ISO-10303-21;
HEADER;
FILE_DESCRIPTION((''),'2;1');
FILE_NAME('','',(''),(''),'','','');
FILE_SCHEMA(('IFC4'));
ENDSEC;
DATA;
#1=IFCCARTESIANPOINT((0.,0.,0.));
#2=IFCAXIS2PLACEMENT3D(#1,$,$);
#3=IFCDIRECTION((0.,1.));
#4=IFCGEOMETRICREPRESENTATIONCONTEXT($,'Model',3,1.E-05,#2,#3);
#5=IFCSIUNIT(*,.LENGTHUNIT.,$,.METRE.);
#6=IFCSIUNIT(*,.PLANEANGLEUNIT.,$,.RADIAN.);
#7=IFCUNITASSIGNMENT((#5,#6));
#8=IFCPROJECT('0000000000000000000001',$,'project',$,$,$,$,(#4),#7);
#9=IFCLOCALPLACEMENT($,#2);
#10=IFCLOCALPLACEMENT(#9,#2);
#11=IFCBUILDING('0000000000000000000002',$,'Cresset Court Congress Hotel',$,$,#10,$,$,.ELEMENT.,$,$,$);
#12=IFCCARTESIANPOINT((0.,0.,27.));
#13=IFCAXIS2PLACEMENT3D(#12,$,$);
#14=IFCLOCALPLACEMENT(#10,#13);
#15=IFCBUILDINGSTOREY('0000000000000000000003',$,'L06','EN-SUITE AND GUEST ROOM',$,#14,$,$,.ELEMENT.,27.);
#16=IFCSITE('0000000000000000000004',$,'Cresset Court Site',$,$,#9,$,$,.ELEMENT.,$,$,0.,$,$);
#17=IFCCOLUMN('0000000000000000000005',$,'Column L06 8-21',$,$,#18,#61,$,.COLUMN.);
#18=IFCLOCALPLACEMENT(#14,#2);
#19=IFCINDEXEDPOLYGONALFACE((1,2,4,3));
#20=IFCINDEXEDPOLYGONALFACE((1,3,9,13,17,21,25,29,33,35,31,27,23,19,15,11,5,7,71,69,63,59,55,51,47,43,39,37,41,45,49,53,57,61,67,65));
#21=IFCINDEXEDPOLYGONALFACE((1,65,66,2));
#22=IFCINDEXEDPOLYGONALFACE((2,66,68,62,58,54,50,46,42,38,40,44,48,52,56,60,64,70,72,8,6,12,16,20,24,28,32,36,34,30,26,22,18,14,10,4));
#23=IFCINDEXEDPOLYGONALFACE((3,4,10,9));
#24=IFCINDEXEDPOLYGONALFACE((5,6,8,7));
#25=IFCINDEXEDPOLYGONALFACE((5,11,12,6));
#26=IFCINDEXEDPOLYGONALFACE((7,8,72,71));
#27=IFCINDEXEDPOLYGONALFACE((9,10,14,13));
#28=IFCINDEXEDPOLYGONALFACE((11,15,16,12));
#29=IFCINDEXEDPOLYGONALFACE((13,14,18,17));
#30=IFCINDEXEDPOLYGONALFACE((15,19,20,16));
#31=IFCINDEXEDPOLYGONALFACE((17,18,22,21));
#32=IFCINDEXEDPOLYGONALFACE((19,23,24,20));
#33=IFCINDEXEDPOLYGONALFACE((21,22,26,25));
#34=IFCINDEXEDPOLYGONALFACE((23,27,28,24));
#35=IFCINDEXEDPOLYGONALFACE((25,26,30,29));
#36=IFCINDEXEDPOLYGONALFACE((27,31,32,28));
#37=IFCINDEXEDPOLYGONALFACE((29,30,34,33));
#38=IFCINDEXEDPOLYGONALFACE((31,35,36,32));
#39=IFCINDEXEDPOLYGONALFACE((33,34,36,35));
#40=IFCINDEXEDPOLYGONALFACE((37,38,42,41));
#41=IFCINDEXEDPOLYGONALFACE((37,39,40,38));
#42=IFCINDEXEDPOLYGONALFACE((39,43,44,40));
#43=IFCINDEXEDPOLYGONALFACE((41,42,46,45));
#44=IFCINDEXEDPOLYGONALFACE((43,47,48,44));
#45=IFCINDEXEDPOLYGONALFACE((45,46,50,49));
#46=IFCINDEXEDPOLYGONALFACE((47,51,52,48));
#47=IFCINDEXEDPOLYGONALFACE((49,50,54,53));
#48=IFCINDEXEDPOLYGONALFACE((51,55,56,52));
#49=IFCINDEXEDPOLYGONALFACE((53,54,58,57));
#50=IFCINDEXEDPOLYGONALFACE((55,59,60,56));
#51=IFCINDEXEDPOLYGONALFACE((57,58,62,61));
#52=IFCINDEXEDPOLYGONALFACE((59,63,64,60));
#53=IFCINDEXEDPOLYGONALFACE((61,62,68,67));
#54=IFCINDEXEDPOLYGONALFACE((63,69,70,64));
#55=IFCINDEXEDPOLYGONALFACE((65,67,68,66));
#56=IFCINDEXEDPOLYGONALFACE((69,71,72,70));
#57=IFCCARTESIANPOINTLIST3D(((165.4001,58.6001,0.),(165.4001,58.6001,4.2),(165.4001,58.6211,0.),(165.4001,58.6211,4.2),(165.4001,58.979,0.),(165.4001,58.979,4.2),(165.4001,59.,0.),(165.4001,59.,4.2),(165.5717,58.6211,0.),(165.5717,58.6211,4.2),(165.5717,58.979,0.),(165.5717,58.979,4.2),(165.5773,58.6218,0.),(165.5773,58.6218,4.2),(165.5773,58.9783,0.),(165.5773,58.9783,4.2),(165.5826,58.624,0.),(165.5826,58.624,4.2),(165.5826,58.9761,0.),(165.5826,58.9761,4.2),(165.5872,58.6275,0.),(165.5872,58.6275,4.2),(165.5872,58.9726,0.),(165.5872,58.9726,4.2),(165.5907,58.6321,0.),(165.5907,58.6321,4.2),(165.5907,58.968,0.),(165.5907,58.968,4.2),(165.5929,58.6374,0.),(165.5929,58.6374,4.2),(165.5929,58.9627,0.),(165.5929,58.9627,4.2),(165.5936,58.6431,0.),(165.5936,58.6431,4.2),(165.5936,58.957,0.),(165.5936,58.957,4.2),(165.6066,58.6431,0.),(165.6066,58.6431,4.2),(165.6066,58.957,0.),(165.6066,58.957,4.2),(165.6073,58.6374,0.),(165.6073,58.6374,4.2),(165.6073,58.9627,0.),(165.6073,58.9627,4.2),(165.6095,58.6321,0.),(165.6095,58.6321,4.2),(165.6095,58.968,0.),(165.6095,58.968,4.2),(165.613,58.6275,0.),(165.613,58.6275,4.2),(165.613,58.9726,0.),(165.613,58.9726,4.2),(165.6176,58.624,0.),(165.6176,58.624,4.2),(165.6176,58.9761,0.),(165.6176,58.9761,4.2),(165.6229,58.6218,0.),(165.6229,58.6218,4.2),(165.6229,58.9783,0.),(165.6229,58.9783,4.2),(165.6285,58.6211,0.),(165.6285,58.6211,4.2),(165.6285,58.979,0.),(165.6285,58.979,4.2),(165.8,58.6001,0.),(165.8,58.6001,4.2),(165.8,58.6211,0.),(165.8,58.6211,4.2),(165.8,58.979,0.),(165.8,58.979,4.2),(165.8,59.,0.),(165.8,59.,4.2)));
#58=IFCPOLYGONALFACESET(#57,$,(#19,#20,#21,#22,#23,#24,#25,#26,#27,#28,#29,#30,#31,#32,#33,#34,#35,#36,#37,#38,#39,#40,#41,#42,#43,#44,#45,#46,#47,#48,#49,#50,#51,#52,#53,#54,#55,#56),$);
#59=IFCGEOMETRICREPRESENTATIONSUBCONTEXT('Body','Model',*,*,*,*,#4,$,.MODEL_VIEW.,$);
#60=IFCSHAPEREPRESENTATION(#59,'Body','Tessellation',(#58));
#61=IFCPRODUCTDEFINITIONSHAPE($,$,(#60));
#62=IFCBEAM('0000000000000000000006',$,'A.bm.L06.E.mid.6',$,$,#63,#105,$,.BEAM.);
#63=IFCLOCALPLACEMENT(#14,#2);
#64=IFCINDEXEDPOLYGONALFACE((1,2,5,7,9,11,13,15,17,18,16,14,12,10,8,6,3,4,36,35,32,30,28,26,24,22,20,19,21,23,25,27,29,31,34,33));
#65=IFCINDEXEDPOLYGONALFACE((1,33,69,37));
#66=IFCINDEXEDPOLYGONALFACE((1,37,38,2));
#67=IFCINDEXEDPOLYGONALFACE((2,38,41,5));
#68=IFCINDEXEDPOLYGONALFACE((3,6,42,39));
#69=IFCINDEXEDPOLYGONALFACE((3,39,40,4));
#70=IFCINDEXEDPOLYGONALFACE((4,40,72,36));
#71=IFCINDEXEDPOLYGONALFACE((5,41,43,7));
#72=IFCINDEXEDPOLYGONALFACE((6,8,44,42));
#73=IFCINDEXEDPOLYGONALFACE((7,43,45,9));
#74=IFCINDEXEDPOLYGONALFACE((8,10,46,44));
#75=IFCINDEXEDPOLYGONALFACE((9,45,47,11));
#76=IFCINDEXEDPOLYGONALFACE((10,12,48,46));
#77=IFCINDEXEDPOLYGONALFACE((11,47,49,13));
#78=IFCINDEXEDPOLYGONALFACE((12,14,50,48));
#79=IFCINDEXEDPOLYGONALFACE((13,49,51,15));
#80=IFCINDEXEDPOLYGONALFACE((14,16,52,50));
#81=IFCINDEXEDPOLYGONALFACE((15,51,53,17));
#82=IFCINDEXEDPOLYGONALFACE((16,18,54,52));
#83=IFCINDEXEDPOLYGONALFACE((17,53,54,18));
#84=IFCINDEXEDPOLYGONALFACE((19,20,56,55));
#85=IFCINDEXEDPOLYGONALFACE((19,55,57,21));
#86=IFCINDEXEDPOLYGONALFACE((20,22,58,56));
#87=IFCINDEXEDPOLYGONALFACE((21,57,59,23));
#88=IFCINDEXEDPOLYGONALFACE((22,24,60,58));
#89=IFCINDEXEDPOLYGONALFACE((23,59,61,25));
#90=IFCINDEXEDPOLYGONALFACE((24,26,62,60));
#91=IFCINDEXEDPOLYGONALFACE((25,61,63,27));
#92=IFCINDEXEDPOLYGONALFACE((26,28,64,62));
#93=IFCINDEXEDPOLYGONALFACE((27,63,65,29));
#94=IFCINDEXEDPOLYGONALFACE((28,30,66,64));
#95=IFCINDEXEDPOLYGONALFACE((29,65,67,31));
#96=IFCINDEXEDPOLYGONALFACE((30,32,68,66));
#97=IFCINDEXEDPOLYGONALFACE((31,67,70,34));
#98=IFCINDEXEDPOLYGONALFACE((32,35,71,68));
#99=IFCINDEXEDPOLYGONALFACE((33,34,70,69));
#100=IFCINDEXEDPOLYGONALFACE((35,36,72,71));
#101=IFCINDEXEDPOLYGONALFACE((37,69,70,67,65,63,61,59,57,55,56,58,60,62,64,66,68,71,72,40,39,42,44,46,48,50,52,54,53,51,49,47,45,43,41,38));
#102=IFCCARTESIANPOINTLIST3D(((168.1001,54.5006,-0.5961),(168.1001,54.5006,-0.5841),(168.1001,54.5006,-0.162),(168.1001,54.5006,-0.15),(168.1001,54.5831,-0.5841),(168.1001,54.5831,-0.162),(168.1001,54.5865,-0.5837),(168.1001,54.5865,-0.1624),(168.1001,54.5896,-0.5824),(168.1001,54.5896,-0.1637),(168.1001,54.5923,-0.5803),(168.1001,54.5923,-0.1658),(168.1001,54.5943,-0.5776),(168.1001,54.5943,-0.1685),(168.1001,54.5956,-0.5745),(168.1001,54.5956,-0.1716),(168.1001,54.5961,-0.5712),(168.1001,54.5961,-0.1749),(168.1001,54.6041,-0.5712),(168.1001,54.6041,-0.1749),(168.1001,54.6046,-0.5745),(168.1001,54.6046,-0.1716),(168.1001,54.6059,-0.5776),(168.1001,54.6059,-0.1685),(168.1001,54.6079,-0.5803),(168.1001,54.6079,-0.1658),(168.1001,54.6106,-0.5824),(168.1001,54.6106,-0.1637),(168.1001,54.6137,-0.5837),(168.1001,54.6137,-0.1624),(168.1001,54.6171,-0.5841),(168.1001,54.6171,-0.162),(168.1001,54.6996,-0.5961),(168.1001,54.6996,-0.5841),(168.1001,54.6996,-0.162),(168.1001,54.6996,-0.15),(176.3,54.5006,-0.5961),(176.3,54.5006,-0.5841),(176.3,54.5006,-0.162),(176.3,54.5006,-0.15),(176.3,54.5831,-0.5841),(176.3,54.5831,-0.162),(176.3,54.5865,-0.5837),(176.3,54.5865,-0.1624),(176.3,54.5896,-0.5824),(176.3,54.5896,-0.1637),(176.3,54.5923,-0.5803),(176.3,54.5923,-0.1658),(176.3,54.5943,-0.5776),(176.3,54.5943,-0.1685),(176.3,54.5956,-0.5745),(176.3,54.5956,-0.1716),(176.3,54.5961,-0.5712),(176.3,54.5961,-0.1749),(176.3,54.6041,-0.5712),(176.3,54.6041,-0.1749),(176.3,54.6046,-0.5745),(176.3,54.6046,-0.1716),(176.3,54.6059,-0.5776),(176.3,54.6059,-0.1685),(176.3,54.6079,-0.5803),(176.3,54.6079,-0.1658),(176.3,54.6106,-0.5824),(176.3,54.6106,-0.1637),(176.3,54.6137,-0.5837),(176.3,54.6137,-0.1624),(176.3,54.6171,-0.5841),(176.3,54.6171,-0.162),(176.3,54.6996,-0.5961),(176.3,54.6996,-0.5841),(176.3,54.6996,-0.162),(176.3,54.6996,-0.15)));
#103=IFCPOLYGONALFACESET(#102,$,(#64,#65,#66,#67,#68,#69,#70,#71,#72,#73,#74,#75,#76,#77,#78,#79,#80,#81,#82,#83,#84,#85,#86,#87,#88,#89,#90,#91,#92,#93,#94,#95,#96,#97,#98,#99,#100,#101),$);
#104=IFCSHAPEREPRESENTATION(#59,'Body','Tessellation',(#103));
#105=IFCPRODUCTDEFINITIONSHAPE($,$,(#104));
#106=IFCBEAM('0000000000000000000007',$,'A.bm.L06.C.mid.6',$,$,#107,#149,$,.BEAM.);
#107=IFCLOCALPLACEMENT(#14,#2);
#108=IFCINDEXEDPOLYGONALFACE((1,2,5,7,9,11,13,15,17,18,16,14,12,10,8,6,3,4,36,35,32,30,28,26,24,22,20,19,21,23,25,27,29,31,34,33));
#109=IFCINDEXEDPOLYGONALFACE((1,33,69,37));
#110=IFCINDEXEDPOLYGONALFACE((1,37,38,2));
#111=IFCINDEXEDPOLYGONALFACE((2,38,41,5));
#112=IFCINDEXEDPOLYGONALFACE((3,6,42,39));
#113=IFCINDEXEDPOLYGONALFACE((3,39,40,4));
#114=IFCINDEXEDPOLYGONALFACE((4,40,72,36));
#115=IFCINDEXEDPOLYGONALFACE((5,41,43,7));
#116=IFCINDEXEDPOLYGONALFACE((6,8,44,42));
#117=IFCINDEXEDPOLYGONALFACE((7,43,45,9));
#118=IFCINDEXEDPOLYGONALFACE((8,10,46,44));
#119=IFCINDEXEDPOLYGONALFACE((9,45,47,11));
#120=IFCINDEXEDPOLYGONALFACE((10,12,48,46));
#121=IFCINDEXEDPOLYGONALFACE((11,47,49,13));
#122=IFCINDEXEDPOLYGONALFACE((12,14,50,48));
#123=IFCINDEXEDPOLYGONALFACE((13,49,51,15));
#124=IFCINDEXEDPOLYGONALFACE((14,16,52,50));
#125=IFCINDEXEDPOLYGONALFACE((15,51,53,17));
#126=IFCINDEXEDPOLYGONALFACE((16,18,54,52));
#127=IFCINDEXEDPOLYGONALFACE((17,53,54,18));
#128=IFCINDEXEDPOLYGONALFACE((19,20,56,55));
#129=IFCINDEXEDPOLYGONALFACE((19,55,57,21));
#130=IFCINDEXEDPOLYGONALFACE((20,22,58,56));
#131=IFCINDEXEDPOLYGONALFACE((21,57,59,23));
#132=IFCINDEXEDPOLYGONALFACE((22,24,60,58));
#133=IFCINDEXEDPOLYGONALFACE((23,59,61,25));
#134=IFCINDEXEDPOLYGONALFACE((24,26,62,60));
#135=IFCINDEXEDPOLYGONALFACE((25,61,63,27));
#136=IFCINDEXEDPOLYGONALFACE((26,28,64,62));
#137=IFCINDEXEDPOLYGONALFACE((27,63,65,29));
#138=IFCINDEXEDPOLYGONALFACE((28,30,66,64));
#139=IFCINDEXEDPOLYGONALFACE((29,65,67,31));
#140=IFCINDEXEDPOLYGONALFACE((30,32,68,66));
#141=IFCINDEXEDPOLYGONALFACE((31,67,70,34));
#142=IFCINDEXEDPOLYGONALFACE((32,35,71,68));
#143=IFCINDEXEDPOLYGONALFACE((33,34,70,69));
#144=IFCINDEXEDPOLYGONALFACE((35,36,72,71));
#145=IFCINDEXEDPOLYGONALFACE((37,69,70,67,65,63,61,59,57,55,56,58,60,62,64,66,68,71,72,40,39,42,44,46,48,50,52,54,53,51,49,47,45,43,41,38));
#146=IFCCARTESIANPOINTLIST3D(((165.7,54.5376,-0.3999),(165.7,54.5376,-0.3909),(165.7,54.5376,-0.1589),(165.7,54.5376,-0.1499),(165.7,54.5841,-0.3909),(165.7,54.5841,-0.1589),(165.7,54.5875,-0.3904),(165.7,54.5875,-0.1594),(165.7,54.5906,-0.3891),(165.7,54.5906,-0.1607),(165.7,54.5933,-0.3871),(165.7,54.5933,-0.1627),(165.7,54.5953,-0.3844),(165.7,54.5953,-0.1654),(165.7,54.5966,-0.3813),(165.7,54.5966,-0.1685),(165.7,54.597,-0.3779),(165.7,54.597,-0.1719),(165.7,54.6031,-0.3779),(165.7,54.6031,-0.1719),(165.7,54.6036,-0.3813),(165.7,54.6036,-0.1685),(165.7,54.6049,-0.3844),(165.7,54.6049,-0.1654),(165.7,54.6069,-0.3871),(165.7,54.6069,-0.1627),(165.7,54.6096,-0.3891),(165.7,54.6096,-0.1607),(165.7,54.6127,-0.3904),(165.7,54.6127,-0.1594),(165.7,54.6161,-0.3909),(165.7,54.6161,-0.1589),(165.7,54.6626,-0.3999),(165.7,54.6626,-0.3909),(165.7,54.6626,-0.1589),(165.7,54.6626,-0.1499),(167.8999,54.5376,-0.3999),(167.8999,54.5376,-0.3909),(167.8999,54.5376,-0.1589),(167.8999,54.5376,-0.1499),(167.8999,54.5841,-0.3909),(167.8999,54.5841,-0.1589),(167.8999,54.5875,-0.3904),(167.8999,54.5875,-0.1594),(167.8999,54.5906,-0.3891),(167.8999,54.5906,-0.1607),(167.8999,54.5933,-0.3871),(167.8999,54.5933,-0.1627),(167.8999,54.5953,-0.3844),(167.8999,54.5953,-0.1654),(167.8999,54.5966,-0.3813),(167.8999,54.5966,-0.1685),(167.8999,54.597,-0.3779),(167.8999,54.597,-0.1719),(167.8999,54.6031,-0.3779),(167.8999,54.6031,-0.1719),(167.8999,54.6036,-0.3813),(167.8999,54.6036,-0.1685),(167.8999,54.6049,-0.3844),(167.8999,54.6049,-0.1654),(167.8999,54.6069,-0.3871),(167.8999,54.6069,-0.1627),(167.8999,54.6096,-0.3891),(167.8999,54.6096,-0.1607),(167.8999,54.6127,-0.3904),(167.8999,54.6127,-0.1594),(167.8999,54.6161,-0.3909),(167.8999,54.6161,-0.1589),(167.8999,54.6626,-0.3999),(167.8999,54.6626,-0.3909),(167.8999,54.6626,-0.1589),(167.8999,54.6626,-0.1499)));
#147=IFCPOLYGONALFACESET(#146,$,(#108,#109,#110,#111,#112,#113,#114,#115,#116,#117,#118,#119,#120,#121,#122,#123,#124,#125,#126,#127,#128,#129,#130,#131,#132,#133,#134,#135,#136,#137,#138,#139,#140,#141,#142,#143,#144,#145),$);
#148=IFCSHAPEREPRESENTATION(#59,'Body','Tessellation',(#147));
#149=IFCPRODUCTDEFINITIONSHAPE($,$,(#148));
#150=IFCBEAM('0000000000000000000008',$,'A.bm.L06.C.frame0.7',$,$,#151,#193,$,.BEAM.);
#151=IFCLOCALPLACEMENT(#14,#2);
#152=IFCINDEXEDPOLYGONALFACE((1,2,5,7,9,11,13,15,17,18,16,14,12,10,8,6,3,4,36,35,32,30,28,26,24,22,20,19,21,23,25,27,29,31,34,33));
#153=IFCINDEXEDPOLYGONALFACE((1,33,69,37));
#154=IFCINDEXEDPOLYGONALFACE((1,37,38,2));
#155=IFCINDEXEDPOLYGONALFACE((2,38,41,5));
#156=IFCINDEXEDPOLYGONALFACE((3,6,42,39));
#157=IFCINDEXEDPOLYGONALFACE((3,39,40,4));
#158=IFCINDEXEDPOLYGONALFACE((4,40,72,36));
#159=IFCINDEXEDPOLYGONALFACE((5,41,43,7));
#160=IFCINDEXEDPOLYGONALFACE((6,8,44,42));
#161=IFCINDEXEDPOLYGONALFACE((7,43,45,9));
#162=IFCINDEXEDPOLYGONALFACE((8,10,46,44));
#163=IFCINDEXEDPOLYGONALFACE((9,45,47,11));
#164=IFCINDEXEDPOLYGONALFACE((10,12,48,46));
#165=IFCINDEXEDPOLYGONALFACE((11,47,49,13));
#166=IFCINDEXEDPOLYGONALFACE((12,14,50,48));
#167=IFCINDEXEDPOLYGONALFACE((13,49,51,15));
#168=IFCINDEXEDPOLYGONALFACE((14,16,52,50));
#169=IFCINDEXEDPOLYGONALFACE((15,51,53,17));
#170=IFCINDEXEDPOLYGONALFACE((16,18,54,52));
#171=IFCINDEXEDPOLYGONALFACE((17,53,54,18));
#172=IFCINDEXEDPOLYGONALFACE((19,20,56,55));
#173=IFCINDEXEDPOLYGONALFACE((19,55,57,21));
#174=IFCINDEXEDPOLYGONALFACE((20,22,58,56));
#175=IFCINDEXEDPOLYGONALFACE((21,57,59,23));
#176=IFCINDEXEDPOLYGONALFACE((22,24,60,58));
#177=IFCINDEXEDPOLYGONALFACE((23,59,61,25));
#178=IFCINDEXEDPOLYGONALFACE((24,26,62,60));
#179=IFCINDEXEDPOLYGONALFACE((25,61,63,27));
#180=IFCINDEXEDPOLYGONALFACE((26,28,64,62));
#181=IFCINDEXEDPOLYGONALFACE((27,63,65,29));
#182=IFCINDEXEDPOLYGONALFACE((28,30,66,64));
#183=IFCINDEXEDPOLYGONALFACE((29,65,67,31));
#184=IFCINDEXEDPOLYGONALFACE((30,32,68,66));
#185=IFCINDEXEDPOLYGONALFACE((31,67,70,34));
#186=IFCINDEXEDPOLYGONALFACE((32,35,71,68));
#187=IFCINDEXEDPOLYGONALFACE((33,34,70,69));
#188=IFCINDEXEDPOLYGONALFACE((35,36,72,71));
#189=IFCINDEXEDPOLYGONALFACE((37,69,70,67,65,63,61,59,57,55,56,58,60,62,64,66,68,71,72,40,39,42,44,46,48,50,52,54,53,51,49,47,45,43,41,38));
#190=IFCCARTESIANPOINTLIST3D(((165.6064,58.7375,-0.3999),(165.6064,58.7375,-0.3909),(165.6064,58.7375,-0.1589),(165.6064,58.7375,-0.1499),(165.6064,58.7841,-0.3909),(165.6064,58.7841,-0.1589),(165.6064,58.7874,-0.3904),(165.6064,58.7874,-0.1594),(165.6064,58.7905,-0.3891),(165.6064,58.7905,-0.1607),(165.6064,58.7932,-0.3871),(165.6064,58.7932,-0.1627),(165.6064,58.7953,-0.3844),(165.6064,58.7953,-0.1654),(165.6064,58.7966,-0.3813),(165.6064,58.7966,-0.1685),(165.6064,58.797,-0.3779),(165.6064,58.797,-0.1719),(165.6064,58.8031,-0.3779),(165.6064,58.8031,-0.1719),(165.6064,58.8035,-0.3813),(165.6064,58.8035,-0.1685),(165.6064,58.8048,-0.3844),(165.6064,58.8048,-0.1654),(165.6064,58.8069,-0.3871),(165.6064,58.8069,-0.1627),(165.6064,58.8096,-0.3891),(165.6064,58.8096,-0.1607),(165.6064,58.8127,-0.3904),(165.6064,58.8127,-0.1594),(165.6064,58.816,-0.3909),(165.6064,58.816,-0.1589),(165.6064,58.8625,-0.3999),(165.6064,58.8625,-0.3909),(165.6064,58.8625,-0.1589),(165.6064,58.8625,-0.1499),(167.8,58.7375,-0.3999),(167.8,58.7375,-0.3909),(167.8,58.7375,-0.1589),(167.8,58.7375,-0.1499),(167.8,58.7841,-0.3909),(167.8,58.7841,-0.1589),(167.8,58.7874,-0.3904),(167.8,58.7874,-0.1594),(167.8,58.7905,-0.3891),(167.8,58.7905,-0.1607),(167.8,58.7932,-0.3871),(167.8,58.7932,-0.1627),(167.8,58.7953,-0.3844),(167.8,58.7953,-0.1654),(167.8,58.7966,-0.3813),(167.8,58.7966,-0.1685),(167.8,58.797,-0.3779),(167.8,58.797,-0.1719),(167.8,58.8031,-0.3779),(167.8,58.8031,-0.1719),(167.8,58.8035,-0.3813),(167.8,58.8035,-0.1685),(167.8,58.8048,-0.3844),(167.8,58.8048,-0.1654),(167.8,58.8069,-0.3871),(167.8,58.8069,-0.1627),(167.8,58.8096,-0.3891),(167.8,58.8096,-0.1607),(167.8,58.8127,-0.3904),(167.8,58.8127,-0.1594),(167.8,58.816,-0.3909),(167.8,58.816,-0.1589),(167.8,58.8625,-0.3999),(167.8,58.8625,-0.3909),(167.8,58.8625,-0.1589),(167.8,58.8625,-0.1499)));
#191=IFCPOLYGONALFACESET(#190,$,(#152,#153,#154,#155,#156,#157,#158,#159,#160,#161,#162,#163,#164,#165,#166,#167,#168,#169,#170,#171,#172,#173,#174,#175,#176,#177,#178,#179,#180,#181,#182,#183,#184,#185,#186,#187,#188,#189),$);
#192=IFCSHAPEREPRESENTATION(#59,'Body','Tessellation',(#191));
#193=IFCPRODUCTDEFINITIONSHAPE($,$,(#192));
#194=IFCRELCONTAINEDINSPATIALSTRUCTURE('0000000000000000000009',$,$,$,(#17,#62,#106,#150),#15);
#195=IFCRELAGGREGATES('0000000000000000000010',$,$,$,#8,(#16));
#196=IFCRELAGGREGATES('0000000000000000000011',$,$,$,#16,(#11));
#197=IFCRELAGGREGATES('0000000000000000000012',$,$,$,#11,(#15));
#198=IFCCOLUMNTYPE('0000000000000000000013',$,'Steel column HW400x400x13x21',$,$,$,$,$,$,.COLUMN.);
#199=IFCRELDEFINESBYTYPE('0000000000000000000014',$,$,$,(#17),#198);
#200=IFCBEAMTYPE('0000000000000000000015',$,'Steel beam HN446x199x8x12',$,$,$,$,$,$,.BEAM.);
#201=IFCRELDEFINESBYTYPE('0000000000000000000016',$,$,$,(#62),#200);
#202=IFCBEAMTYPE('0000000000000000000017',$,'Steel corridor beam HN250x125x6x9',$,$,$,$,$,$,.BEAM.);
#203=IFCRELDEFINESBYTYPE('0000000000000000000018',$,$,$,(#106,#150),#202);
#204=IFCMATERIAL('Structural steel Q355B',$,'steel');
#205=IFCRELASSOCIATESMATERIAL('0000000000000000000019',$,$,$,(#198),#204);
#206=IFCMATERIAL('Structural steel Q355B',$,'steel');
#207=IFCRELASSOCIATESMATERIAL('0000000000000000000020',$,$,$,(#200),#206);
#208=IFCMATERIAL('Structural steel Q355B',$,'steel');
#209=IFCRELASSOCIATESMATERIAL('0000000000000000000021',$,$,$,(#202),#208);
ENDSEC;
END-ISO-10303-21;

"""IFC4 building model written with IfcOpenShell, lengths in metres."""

from ifc_helpers import new_model, si_unit, direction, frame, origin, origin_2d, place, context, subcontext, project, spatial, i_section, extrude, material, material_profile, profile_set, type_object, element, save


model = new_model("IFC4")

# Units and contexts
model_context = context("Model", 3, precision=1e-05, world=origin(), true_north=direction((0.0, 1.0)))
body_context = subcontext(model_context, "Body", "Model", "MODEL_VIEW")
ifc_project = project(units=[si_unit("LENGTHUNIT", "METRE"), si_unit("PLANEANGLEUNIT", "RADIAN")], contexts=[model_context])

# Site, building, storey
site_placement = place(None, origin())
site = spatial("IfcSite", under=ifc_project, at=site_placement, Name="Cresset Court Site", CompositionType="ELEMENT", RefElevation=0.0)
building_placement = place(site_placement, origin())
building = spatial("IfcBuilding", under=site, at=building_placement, Name="Cresset Court Congress Hotel", CompositionType="ELEMENT")
storey_placement = place(building_placement, frame((0.0, 0.0, 27.0)))
storey = spatial("IfcBuildingStorey", under=building, at=storey_placement, Name="L06", Description="EN-SUITE AND GUEST ROOM", CompositionType="ELEMENT", Elevation=27.0)

# Column
ifc_material_1 = material(Name="Structural steel Q355B", Category="steel")
ifc_material_profile_1 = material_profile(ifc_material_1, i_section(OverallWidth=0.3999, OverallDepth=0.3999, WebThickness=0.0129, FlangeThickness=0.021, FilletRadius=0.022, at=origin_2d()), Name="HW400x400x13x21")
ifc_profile_set_1 = profile_set([ifc_material_profile_1], Name="Structural steel Q355B")
column_type = type_object("IfcColumnType", Name="Steel column HW400x400x13x21", PredefinedType="COLUMN", material=ifc_profile_set_1)
column_placement = place(storey_placement, frame((165.6001, 58.8, 0.0), z_axis=(0.0, 0.0, 1.0), x_axis=(1.0, 0.0, 0.0)))
element("IfcColumn", 1, at=column_placement, inside=storey, type_object=column_type, Name="Column L06 8-21", PredefinedType="COLUMN", context=body_context, shape_type="SweptSolid", body=[
    extrude(i_section(OverallWidth=0.3999, OverallDepth=0.3999, WebThickness=0.0129, FlangeThickness=0.021, FilletRadius=0.022, at=origin_2d()), origin(), (0.0, 0.0, 1.0), 4.2),
])

# Beams
ifc_material_2 = material(Name="Structural steel Q355B", Category="steel")
ifc_material_profile_2 = material_profile(ifc_material_2, i_section(OverallWidth=0.199, OverallDepth=0.446, WebThickness=0.0081, FlangeThickness=0.012, FilletRadius=0.0129, at=origin_2d()), Name="HN446x199x8x12")
ifc_profile_set_2 = profile_set([ifc_material_profile_2], Name="Structural steel Q355B")
beam_type_1 = type_object("IfcBeamType", Name="Steel beam HN446x199x8x12", PredefinedType="BEAM", material=ifc_profile_set_2)
beam_1_placement = place(storey_placement, frame((168.1001, 54.6001, -0.373), z_axis=(1.0, 0.0, 0.0), x_axis=(0.0, 1.0, 0.0)))
element("IfcBeam", 2, at=beam_1_placement, inside=storey, type_object=beam_type_1, Name="A.bm.L06.E.mid.6", PredefinedType="BEAM", context=body_context, shape_type="SweptSolid", body=[
    extrude(i_section(OverallWidth=0.199, OverallDepth=0.446, WebThickness=0.0081, FlangeThickness=0.012, FilletRadius=0.0129, at=origin_2d()), origin(), (0.0, 0.0, 1.0), 8.2),
])
ifc_material_3 = material(Name="Structural steel Q355B", Category="steel")
ifc_material_profile_3 = material_profile(ifc_material_3, i_section(OverallWidth=0.125, OverallDepth=0.25, WebThickness=0.0061, FlangeThickness=0.009, FilletRadius=0.0129, at=origin_2d()), Name="HN250x125x6x9")
ifc_profile_set_3 = profile_set([ifc_material_profile_3], Name="Structural steel Q355B")
beam_type_2 = type_object("IfcBeamType", Name="Steel corridor beam HN250x125x6x9", PredefinedType="BEAM", material=ifc_profile_set_3)
beam_2_placement = place(storey_placement, frame((165.7, 54.6001, -0.2749), z_axis=(1.0, 0.0, 0.0), x_axis=(0.0, 1.0, 0.0)))
element("IfcBeam", 3, at=beam_2_placement, inside=storey, type_object=beam_type_2, Name="A.bm.L06.C.mid.6", PredefinedType="BEAM", context=body_context, shape_type="SweptSolid", body=[
    extrude(i_section(OverallWidth=0.125, OverallDepth=0.25, WebThickness=0.0061, FlangeThickness=0.009, FilletRadius=0.0129, at=origin_2d()), origin(), (0.0, 0.0, 1.0), 2.2),
])
beam_3_placement = place(storey_placement, frame((165.6064, 58.8, -0.2749), z_axis=(1.0, 0.0, 0.0), x_axis=(0.0, 1.0, 0.0)))
element("IfcBeam", 4, at=beam_3_placement, inside=storey, type_object=beam_type_2, Name="A.bm.L06.C.frame0.7", PredefinedType="BEAM", context=body_context, shape_type="SweptSolid", body=[
    extrude(i_section(OverallWidth=0.125, OverallDepth=0.25, WebThickness=0.0061, FlangeThickness=0.009, FilletRadius=0.0129, at=origin_2d()), origin(), (0.0, 0.0, 1.0), 2.1936),
])

save(model, "model.ifc")
